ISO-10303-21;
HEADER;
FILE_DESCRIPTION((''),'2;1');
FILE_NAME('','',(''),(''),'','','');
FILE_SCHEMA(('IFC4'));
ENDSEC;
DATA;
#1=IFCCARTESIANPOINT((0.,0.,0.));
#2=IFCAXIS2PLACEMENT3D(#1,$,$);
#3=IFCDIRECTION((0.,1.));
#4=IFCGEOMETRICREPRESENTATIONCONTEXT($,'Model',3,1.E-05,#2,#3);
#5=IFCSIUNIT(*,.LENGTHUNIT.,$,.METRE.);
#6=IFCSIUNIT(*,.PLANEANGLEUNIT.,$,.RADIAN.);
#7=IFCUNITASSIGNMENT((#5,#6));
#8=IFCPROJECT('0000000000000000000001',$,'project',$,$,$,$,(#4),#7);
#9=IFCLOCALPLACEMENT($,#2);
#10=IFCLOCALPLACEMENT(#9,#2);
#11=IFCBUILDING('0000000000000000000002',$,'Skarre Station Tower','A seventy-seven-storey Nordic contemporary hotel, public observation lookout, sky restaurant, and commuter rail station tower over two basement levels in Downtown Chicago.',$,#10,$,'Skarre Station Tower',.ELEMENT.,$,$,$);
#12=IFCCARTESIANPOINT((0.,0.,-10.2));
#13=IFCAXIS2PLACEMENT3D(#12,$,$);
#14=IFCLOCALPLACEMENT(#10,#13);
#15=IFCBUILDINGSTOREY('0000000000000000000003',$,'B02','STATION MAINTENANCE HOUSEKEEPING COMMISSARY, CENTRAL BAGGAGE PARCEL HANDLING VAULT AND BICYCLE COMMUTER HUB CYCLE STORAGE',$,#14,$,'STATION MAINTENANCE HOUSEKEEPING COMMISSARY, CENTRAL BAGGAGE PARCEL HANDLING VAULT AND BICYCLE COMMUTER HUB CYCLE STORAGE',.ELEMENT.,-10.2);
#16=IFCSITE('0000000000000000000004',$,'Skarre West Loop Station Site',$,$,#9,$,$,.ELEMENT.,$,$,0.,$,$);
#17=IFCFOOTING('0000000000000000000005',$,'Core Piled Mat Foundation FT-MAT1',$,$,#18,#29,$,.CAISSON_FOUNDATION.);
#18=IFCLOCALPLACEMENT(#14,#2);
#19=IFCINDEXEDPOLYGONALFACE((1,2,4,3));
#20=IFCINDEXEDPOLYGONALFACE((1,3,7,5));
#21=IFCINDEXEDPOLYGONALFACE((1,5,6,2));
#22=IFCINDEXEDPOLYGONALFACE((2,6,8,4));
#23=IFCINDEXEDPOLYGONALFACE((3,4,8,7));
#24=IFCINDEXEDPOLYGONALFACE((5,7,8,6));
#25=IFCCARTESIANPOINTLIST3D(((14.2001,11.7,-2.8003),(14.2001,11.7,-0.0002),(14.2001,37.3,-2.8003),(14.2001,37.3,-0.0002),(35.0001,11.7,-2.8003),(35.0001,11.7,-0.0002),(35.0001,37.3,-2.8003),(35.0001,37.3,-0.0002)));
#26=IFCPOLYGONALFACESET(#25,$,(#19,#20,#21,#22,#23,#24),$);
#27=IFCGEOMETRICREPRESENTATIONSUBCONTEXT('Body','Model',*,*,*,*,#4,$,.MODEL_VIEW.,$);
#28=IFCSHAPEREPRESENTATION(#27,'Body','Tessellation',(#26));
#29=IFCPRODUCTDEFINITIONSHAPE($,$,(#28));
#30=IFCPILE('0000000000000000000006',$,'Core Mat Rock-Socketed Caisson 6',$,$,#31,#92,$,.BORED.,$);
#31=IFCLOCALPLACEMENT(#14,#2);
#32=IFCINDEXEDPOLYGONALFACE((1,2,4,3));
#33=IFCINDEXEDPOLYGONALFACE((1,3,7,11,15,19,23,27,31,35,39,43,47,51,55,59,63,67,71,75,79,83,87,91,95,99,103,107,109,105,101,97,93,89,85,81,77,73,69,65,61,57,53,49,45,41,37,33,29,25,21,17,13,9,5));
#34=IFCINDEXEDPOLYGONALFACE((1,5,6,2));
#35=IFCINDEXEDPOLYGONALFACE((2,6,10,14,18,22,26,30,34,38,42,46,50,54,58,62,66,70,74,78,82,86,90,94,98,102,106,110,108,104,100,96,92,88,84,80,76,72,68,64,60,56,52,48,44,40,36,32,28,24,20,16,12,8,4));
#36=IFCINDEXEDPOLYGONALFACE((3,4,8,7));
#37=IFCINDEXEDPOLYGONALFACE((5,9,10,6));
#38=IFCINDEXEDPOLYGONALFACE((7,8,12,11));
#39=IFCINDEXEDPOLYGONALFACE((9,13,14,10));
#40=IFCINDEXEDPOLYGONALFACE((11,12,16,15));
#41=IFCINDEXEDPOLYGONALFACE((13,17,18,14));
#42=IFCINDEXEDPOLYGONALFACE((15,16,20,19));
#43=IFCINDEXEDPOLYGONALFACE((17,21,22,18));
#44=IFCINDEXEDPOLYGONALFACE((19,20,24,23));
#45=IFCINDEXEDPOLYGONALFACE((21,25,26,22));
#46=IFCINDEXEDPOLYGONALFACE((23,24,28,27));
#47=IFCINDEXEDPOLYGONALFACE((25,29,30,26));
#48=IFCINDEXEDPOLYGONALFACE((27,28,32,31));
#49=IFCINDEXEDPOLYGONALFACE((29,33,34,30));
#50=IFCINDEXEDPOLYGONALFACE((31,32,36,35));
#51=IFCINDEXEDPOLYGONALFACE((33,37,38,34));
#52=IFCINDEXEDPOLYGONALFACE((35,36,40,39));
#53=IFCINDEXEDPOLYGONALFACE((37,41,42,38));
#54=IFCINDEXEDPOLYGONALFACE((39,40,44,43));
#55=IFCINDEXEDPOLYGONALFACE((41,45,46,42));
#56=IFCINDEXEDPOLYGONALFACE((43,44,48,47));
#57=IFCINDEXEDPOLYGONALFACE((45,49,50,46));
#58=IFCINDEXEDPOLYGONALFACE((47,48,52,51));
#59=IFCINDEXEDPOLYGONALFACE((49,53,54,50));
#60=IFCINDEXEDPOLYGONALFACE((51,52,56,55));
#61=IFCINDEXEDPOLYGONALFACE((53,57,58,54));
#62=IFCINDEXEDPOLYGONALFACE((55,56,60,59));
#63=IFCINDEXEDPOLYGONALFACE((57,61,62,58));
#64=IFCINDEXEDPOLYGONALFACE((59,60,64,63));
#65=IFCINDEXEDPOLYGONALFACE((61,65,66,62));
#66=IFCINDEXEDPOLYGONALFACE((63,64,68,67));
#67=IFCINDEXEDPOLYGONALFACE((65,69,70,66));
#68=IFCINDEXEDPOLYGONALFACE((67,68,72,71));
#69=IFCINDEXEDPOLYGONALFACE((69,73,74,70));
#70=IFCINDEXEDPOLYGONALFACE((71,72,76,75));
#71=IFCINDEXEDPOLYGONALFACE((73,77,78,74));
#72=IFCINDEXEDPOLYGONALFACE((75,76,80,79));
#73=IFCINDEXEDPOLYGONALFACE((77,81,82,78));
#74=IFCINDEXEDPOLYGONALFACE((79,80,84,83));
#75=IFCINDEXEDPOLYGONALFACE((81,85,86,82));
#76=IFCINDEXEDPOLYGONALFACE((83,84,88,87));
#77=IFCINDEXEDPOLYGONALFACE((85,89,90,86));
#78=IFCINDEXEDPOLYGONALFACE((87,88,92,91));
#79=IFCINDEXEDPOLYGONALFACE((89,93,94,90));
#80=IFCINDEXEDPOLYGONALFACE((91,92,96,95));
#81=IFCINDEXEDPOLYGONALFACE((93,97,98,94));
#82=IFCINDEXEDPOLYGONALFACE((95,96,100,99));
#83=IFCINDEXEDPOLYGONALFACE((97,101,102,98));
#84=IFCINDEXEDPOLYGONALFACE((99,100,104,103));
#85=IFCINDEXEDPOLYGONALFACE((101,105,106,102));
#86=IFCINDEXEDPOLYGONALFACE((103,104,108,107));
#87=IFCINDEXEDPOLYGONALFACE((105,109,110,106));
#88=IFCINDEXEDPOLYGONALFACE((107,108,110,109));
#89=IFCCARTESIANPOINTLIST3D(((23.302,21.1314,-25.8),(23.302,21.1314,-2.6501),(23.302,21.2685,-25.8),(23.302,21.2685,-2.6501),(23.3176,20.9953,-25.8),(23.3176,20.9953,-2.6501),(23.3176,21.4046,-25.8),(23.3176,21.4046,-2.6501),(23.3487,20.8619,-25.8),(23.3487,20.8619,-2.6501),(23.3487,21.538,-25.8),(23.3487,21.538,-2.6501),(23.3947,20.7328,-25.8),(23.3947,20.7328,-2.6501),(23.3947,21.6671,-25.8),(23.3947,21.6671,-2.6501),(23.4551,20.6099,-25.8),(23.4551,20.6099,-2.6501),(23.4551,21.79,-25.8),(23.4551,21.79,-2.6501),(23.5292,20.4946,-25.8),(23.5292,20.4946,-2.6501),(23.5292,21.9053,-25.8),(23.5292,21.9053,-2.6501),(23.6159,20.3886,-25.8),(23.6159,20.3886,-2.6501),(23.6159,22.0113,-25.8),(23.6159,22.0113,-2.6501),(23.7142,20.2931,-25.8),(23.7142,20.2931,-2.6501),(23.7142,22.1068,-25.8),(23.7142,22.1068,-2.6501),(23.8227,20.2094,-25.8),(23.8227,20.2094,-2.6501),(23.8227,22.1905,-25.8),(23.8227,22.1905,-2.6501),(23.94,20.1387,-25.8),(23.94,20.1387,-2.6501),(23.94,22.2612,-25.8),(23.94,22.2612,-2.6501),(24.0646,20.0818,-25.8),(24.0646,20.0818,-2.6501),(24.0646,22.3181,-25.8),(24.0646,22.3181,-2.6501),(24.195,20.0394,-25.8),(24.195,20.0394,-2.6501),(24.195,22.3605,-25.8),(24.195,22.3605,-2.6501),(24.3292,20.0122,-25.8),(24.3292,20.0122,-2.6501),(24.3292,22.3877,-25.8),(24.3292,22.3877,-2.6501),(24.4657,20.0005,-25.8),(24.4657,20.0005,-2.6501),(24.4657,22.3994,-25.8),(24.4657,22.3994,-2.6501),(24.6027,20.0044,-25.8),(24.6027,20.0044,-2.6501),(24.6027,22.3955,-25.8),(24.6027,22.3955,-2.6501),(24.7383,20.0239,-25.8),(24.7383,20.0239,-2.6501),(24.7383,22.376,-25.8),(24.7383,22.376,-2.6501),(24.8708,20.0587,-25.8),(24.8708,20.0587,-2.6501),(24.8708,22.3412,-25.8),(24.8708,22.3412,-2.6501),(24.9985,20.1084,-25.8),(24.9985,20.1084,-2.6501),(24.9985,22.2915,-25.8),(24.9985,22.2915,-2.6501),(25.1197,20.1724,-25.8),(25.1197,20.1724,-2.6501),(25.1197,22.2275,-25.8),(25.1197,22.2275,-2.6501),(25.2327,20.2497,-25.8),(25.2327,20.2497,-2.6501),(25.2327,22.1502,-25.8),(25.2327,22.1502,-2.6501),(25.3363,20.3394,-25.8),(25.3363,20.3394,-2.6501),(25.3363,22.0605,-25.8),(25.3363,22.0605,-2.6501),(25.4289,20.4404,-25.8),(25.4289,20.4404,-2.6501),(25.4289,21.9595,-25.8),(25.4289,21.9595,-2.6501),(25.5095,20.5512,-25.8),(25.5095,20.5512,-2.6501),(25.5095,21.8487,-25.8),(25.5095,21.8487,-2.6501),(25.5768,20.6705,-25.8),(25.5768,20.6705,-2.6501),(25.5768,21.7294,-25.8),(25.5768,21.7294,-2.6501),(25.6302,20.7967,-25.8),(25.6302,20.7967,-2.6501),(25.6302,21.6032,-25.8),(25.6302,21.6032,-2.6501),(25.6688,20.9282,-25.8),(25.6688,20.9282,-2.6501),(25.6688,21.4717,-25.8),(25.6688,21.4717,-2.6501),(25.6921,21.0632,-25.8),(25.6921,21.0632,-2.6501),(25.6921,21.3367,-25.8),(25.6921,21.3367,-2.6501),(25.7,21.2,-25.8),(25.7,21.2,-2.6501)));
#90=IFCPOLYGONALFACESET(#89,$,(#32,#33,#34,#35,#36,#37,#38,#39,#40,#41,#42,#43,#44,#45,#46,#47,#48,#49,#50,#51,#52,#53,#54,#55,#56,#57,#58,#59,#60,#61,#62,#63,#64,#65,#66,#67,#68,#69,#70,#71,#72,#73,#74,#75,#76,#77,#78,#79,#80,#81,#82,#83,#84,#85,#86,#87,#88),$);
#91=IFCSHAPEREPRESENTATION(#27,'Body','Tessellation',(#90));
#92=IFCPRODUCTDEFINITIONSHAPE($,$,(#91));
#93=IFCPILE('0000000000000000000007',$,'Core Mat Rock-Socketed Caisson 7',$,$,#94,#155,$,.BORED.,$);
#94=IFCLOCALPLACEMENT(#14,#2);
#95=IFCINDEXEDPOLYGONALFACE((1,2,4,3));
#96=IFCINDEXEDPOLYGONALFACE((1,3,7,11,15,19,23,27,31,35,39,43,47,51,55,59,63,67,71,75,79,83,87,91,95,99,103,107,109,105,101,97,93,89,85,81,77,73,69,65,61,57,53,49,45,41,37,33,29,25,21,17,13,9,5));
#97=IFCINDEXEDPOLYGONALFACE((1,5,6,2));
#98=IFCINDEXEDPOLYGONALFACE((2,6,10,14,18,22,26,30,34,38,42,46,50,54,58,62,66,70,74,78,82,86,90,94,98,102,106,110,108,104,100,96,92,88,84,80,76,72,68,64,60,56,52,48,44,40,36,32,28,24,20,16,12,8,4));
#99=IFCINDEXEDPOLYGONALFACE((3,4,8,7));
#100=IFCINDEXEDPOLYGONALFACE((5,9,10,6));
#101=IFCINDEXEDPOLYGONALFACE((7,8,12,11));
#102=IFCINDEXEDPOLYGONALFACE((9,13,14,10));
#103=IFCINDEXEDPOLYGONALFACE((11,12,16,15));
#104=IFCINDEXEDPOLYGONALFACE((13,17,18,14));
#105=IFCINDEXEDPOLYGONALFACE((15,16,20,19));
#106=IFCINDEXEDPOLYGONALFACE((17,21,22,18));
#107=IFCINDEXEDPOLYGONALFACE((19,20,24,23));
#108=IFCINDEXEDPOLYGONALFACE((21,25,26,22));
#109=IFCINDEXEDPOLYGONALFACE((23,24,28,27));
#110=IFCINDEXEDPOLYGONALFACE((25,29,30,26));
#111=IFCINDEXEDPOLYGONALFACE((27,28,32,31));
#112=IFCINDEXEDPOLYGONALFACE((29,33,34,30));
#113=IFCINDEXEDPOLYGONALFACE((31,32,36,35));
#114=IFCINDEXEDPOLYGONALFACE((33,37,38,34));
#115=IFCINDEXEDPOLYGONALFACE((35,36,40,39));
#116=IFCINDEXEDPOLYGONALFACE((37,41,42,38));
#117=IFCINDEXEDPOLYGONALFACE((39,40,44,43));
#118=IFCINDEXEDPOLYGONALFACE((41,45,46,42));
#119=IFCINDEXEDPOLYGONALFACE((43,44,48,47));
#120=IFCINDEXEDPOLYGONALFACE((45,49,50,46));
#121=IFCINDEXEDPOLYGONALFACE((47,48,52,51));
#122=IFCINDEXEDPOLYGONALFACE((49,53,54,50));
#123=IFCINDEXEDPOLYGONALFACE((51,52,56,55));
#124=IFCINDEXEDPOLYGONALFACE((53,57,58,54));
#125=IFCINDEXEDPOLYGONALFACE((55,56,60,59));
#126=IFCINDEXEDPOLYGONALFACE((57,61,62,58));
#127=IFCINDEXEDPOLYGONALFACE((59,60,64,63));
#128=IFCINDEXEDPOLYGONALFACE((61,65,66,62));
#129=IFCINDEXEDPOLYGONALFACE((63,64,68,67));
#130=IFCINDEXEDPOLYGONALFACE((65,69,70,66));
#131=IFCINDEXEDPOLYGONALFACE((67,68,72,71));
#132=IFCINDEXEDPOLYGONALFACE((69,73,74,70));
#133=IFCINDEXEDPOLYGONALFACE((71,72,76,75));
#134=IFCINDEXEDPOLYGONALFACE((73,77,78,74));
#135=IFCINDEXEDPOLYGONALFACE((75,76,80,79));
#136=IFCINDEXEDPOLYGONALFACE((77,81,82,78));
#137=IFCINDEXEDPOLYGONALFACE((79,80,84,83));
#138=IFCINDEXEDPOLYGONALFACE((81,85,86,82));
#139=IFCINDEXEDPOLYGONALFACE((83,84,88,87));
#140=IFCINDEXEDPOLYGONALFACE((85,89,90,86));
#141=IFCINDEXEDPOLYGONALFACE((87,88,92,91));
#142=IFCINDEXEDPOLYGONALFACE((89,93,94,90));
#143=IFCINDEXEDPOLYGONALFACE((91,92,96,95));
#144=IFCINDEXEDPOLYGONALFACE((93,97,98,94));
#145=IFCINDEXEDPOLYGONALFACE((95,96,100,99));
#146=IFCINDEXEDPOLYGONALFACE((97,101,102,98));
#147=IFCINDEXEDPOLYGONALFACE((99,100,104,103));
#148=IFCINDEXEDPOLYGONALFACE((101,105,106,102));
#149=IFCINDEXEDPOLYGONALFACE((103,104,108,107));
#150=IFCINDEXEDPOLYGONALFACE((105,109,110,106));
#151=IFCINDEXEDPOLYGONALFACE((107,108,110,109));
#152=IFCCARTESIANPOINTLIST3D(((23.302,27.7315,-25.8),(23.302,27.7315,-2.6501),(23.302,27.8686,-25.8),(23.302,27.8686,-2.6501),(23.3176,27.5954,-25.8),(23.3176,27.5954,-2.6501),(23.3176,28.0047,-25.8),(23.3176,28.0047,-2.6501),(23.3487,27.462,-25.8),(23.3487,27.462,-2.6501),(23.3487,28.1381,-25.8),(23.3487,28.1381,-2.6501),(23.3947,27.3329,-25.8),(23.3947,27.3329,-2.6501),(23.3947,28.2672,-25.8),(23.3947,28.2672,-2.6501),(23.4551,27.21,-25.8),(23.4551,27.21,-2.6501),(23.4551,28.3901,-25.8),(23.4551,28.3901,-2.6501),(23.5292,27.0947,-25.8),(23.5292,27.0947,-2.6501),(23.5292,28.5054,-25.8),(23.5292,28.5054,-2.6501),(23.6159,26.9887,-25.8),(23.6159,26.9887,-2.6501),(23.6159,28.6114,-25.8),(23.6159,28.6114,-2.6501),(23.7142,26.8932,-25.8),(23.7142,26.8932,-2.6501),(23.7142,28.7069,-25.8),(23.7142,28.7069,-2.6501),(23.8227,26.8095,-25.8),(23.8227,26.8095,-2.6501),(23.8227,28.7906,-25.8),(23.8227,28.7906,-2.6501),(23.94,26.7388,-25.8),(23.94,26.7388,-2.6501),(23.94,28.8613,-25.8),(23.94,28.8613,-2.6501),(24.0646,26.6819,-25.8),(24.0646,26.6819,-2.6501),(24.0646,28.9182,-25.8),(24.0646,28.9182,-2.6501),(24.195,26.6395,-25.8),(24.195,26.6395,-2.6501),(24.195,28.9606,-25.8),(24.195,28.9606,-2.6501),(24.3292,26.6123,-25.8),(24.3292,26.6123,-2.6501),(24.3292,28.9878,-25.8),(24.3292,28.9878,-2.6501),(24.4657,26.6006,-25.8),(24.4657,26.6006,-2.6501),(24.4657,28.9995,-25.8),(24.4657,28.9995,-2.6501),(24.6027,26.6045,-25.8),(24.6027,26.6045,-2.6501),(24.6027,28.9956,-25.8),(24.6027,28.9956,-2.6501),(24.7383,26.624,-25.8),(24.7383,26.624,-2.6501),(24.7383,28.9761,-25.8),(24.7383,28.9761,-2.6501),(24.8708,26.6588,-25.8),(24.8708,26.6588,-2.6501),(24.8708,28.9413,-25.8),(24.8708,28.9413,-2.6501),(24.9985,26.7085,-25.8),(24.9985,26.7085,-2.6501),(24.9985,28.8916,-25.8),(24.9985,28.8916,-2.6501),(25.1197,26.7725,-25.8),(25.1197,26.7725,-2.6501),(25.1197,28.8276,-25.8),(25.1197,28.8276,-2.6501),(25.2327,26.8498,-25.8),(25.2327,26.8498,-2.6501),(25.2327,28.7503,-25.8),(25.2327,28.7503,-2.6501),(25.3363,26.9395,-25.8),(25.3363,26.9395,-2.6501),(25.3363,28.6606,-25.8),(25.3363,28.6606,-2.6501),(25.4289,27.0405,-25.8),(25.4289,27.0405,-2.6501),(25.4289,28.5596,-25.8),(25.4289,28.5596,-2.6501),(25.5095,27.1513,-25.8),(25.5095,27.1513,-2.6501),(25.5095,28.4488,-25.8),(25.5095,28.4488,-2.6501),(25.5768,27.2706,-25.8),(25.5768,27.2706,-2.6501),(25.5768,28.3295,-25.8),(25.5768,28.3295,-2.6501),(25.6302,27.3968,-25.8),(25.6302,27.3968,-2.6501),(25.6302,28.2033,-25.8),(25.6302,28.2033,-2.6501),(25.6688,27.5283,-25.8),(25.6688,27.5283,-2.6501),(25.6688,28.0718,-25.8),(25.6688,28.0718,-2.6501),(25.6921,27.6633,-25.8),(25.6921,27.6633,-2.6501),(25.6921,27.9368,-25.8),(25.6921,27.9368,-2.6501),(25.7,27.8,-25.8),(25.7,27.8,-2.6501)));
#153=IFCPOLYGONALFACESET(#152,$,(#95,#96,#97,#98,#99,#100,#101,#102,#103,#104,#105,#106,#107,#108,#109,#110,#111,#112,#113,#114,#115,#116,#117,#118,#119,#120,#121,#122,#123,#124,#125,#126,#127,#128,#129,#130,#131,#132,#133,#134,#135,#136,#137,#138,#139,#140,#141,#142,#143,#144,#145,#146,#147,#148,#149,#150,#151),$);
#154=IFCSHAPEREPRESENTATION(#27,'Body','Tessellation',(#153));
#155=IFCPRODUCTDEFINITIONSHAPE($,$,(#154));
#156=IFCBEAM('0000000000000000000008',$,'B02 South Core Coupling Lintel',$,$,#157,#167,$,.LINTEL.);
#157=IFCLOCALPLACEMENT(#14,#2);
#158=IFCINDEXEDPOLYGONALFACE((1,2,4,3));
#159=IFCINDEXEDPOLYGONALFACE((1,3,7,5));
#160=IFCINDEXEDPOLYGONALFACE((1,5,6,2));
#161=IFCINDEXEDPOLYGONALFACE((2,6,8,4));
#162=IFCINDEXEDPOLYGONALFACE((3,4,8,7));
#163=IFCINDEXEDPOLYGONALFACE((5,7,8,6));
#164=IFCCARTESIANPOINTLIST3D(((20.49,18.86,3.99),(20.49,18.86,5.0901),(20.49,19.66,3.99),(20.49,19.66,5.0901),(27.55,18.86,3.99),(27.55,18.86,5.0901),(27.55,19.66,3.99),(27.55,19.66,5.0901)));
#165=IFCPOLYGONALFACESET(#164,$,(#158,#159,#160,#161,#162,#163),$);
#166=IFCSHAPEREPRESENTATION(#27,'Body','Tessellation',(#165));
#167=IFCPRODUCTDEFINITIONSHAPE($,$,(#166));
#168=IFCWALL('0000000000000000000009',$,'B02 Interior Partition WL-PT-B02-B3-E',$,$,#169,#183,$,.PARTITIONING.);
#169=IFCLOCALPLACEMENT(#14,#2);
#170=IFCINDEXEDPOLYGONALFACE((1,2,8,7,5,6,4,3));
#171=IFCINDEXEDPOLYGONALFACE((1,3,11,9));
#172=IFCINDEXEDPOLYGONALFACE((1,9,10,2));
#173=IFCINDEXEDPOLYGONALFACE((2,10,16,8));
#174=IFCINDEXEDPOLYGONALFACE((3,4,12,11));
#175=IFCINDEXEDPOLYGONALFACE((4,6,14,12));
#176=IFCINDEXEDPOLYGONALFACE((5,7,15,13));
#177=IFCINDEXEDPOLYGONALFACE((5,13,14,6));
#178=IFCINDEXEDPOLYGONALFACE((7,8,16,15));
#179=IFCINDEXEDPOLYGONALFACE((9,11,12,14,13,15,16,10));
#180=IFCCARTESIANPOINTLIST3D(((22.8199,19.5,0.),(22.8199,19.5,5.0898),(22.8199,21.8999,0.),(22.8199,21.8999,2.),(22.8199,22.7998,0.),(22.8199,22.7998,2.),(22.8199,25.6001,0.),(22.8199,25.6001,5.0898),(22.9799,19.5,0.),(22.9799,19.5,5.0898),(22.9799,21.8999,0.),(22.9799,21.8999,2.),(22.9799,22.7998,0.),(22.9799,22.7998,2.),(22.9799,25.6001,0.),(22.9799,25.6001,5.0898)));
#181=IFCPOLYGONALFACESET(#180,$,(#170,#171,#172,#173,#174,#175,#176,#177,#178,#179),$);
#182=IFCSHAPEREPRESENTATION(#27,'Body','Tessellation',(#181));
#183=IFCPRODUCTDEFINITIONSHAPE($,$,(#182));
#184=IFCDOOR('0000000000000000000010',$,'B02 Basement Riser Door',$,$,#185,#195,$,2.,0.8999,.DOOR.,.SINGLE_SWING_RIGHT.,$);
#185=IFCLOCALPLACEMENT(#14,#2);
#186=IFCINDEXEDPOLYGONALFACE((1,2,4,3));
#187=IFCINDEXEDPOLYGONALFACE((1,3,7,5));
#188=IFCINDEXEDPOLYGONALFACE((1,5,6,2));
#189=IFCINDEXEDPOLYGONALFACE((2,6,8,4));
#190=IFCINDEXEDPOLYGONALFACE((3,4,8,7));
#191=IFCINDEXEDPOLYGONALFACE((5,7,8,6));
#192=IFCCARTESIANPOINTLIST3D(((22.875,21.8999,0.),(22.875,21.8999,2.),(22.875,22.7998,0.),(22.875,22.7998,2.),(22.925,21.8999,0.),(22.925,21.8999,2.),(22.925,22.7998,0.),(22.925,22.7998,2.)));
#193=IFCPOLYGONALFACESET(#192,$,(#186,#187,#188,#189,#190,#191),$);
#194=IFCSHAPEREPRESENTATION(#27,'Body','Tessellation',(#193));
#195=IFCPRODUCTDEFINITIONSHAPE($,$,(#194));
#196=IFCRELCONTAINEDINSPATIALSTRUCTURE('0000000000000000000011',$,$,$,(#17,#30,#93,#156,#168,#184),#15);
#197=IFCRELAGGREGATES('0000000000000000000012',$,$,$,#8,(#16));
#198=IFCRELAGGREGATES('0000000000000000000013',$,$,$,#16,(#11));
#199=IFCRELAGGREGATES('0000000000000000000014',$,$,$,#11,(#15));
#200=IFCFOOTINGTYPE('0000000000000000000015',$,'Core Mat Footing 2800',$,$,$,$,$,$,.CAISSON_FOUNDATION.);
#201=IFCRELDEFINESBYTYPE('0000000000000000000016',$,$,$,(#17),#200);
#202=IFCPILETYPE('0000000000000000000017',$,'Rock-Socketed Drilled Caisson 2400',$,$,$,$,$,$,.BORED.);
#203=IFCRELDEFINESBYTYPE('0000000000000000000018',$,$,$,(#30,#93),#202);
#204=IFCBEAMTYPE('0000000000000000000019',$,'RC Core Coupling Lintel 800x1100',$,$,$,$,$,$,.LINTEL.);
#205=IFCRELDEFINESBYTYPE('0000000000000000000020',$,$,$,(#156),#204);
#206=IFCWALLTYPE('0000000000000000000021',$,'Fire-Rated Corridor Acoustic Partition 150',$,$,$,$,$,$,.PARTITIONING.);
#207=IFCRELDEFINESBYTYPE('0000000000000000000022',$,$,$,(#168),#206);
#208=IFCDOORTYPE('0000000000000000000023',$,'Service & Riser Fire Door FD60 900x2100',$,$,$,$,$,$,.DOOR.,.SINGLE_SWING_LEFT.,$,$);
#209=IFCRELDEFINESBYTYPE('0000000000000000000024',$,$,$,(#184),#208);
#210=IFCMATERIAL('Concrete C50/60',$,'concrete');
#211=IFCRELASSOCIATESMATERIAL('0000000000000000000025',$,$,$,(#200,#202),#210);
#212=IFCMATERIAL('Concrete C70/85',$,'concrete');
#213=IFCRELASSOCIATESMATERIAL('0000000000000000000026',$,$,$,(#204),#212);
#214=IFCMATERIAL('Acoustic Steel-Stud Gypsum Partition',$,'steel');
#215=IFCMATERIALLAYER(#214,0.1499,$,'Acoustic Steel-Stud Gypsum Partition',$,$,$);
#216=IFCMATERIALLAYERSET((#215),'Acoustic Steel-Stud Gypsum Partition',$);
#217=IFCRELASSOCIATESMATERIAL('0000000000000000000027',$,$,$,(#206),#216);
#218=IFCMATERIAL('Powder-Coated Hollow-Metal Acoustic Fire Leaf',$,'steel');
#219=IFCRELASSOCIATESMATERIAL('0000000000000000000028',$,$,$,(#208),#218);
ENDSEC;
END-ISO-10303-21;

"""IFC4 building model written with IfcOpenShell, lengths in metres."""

from ifc_helpers import new_model, si_unit, direction, frame, frame_2d, origin, origin_2d, place, context, subcontext, project, spatial, rectangle, circle, extrude, material, layer, layer_set, material_profile, profile_set, type_object, element, fill, save


model = new_model("IFC4")

# Units and contexts
model_context = context("Model", 3, precision=1e-05, world=origin(), true_north=direction((0.0, 1.0)))
body_context = subcontext(model_context, "Body", "Model", "MODEL_VIEW")
ifc_project = project(units=[si_unit("LENGTHUNIT", "METRE"), si_unit("PLANEANGLEUNIT", "RADIAN")], contexts=[model_context])

# Site, building, storey
site_placement = place(None, origin())
site = spatial("IfcSite", under=ifc_project, at=site_placement, Name="Skarre West Loop Station Site", CompositionType="ELEMENT", RefElevation=0.0)
building_placement = place(site_placement, origin())
building = spatial("IfcBuilding", under=site, at=building_placement, Name="Skarre Station Tower", Description="A seventy-seven-storey Nordic contemporary hotel, public observation lookout, sky restaurant, and commuter rail station tower over two basement levels in Downtown Chicago.", LongName="Skarre Station Tower", CompositionType="ELEMENT")
storey_placement = place(building_placement, frame((0.0, 0.0, -10.2)))
storey = spatial("IfcBuildingStorey", under=building, at=storey_placement, Name="B02", Description="STATION MAINTENANCE HOUSEKEEPING COMMISSARY, CENTRAL BAGGAGE PARCEL HANDLING VAULT AND BICYCLE COMMUTER HUB CYCLE STORAGE", LongName="STATION MAINTENANCE HOUSEKEEPING COMMISSARY, CENTRAL BAGGAGE PARCEL HANDLING VAULT AND BICYCLE COMMUTER HUB CYCLE STORAGE", CompositionType="ELEMENT", Elevation=-10.2)

# Footing
ifc_material_1 = material(Name="Concrete C50/60", Category="concrete")
footing_type = type_object("IfcFootingType", Name="Core Mat Footing 2800", PredefinedType="CAISSON_FOUNDATION", material=ifc_material_1)
footing_placement = place(storey_placement, frame((24.6001, 24.5, -2.8003), z_axis=(0.0, 0.0, 1.0), x_axis=(1.0, 0.0, 0.0)))
element("IfcFooting", 1, at=footing_placement, inside=storey, type_object=footing_type, Name="Core Piled Mat Foundation FT-MAT1", PredefinedType="CAISSON_FOUNDATION", context=body_context, shape_type="SweptSolid", body=[
    extrude(rectangle(XDim=20.8, YDim=25.6001, at=origin_2d()), origin(), (0.0, 0.0, 1.0), 2.8),
])

# Piles
ifc_material_profile_1 = material_profile(ifc_material_1, circle(Radius=1.2, at=origin_2d()), Name="Concrete C50/60")
ifc_profile_set_1 = profile_set([ifc_material_profile_1], Name="Concrete C50/60")
pile_type = type_object("IfcPileType", Name="Rock-Socketed Drilled Caisson 2400", PredefinedType="BORED", material=ifc_profile_set_1)
for number, where, z_axis, x_axis, name in (
    (2, (24.5, 21.2, -2.6501), (0.0, 0.0, -1.0), (1.0, 0.0, 0.0), "Core Mat Rock-Socketed Caisson 6"),
    (3, (24.5, 27.8, -2.6501), (0.0, 0.0, -1.0), (1.0, 0.0, 0.0), "Core Mat Rock-Socketed Caisson 7"),
):
    element("IfcPile", number, at=place(storey_placement, frame(where, z_axis=z_axis, x_axis=x_axis)), inside=storey, type_object=pile_type, Name=name, PredefinedType="BORED", context=body_context, shape_type="SweptSolid", body=[
        extrude(circle(Radius=1.2, at=origin_2d()), origin(), (0.0, 0.0, 1.0), 23.1499),
    ])

# Beam
ifc_material_2 = material(Name="Concrete C70/85", Category="concrete")
ifc_material_profile_2 = material_profile(ifc_material_2, rectangle(XDim=0.8, YDim=1.1001, at=origin_2d()), Name="Concrete C70/85")
ifc_profile_set_2 = profile_set([ifc_material_profile_2], Name="Concrete C70/85")
beam_type = type_object("IfcBeamType", Name="RC Core Coupling Lintel 800x1100", PredefinedType="LINTEL", material=ifc_profile_set_2)
beam_placement = place(storey_placement, frame((20.49, 19.26, 4.54), z_axis=(1.0, 0.0, 0.0), x_axis=(0.0, 1.0, 0.0)))
element("IfcBeam", 4, at=beam_placement, inside=storey, type_object=beam_type, Name="B02 South Core Coupling Lintel", PredefinedType="LINTEL", context=body_context, shape_type="SweptSolid", body=[
    extrude(rectangle(XDim=0.8, YDim=1.1001, at=origin_2d()), origin(), (0.0, 0.0, 1.0), 7.0601),
])

# Wall, opening, door
ifc_material_3 = material(Name="Acoustic Steel-Stud Gypsum Partition", Category="steel")
ifc_layer_1 = layer(ifc_material_3, 0.1499, Name="Acoustic Steel-Stud Gypsum Partition")
ifc_layer_set_1 = layer_set([ifc_layer_1], Name="Acoustic Steel-Stud Gypsum Partition")
wall_type_1 = type_object("IfcWallType", Name="Fire-Rated Corridor Acoustic Partition 150", PredefinedType="PARTITIONING", material=ifc_layer_set_1)
wall_1_placement = place(storey_placement, frame((22.8999, 19.5, 0.0), z_axis=(0.0, 0.0, 1.0), x_axis=(0.0, 1.0, 0.0)))
wall_1 = element("IfcWall", 5, at=wall_1_placement, inside=storey, type_object=wall_type_1, Name="B02 Interior Partition WL-PT-B02-B3-E", PredefinedType="PARTITIONING", context=body_context, shape_type="SweptSolid", body=[
    extrude(rectangle(XDim=6.1001, YDim=0.1599, at=frame_2d((3.05, 0.0))), origin(), (0.0, 0.0, 1.0), 5.0898),
])
opening_1_placement = place(wall_1_placement, frame((2.3999, 0.0, 0.0)))
opening_1 = element("IfcOpeningElement", 6, at=opening_1_placement, cuts=wall_1, PredefinedType="OPENING", context=body_context, shape_type="SweptSolid", body=[
    extrude(rectangle(XDim=0.8999, YDim=2.0, at=frame_2d((0.45, 1.0))), frame((0.0, 0.0898, 0.0), z_axis=(0.0, -1.0, 0.0), x_axis=(1.0, 0.0, 0.0)), (0.0, 0.0, 1.0), 0.1799),
])
ifc_material_4 = material(Name="Powder-Coated Hollow-Metal Acoustic Fire Leaf", Category="steel")
door_type_1 = type_object("IfcDoorType", Name="Service & Riser Fire Door FD60 900x2100", OperationType="SINGLE_SWING_LEFT", PredefinedType="DOOR", material=ifc_material_4)
door_1_placement = place(opening_1_placement, origin())
door_1 = element("IfcDoor", 7, at=door_1_placement, inside=storey, type_object=door_type_1, Name="B02 Basement Riser Door", OperationType="SINGLE_SWING_RIGHT", OverallHeight=2.0, OverallWidth=0.8999, PredefinedType="DOOR", context=body_context, shape_type="SweptSolid", body=[
    extrude(rectangle(XDim=0.8999, YDim=2.0, at=frame_2d((0.45, 1.0))), frame((0.0, 0.0249, 0.0), z_axis=(0.0, -1.0, 0.0), x_axis=(1.0, 0.0, 0.0)), (0.0, 0.0, 1.0), 0.05),
])
fill(opening_1, door_1)

save(model, "model.ifc")
